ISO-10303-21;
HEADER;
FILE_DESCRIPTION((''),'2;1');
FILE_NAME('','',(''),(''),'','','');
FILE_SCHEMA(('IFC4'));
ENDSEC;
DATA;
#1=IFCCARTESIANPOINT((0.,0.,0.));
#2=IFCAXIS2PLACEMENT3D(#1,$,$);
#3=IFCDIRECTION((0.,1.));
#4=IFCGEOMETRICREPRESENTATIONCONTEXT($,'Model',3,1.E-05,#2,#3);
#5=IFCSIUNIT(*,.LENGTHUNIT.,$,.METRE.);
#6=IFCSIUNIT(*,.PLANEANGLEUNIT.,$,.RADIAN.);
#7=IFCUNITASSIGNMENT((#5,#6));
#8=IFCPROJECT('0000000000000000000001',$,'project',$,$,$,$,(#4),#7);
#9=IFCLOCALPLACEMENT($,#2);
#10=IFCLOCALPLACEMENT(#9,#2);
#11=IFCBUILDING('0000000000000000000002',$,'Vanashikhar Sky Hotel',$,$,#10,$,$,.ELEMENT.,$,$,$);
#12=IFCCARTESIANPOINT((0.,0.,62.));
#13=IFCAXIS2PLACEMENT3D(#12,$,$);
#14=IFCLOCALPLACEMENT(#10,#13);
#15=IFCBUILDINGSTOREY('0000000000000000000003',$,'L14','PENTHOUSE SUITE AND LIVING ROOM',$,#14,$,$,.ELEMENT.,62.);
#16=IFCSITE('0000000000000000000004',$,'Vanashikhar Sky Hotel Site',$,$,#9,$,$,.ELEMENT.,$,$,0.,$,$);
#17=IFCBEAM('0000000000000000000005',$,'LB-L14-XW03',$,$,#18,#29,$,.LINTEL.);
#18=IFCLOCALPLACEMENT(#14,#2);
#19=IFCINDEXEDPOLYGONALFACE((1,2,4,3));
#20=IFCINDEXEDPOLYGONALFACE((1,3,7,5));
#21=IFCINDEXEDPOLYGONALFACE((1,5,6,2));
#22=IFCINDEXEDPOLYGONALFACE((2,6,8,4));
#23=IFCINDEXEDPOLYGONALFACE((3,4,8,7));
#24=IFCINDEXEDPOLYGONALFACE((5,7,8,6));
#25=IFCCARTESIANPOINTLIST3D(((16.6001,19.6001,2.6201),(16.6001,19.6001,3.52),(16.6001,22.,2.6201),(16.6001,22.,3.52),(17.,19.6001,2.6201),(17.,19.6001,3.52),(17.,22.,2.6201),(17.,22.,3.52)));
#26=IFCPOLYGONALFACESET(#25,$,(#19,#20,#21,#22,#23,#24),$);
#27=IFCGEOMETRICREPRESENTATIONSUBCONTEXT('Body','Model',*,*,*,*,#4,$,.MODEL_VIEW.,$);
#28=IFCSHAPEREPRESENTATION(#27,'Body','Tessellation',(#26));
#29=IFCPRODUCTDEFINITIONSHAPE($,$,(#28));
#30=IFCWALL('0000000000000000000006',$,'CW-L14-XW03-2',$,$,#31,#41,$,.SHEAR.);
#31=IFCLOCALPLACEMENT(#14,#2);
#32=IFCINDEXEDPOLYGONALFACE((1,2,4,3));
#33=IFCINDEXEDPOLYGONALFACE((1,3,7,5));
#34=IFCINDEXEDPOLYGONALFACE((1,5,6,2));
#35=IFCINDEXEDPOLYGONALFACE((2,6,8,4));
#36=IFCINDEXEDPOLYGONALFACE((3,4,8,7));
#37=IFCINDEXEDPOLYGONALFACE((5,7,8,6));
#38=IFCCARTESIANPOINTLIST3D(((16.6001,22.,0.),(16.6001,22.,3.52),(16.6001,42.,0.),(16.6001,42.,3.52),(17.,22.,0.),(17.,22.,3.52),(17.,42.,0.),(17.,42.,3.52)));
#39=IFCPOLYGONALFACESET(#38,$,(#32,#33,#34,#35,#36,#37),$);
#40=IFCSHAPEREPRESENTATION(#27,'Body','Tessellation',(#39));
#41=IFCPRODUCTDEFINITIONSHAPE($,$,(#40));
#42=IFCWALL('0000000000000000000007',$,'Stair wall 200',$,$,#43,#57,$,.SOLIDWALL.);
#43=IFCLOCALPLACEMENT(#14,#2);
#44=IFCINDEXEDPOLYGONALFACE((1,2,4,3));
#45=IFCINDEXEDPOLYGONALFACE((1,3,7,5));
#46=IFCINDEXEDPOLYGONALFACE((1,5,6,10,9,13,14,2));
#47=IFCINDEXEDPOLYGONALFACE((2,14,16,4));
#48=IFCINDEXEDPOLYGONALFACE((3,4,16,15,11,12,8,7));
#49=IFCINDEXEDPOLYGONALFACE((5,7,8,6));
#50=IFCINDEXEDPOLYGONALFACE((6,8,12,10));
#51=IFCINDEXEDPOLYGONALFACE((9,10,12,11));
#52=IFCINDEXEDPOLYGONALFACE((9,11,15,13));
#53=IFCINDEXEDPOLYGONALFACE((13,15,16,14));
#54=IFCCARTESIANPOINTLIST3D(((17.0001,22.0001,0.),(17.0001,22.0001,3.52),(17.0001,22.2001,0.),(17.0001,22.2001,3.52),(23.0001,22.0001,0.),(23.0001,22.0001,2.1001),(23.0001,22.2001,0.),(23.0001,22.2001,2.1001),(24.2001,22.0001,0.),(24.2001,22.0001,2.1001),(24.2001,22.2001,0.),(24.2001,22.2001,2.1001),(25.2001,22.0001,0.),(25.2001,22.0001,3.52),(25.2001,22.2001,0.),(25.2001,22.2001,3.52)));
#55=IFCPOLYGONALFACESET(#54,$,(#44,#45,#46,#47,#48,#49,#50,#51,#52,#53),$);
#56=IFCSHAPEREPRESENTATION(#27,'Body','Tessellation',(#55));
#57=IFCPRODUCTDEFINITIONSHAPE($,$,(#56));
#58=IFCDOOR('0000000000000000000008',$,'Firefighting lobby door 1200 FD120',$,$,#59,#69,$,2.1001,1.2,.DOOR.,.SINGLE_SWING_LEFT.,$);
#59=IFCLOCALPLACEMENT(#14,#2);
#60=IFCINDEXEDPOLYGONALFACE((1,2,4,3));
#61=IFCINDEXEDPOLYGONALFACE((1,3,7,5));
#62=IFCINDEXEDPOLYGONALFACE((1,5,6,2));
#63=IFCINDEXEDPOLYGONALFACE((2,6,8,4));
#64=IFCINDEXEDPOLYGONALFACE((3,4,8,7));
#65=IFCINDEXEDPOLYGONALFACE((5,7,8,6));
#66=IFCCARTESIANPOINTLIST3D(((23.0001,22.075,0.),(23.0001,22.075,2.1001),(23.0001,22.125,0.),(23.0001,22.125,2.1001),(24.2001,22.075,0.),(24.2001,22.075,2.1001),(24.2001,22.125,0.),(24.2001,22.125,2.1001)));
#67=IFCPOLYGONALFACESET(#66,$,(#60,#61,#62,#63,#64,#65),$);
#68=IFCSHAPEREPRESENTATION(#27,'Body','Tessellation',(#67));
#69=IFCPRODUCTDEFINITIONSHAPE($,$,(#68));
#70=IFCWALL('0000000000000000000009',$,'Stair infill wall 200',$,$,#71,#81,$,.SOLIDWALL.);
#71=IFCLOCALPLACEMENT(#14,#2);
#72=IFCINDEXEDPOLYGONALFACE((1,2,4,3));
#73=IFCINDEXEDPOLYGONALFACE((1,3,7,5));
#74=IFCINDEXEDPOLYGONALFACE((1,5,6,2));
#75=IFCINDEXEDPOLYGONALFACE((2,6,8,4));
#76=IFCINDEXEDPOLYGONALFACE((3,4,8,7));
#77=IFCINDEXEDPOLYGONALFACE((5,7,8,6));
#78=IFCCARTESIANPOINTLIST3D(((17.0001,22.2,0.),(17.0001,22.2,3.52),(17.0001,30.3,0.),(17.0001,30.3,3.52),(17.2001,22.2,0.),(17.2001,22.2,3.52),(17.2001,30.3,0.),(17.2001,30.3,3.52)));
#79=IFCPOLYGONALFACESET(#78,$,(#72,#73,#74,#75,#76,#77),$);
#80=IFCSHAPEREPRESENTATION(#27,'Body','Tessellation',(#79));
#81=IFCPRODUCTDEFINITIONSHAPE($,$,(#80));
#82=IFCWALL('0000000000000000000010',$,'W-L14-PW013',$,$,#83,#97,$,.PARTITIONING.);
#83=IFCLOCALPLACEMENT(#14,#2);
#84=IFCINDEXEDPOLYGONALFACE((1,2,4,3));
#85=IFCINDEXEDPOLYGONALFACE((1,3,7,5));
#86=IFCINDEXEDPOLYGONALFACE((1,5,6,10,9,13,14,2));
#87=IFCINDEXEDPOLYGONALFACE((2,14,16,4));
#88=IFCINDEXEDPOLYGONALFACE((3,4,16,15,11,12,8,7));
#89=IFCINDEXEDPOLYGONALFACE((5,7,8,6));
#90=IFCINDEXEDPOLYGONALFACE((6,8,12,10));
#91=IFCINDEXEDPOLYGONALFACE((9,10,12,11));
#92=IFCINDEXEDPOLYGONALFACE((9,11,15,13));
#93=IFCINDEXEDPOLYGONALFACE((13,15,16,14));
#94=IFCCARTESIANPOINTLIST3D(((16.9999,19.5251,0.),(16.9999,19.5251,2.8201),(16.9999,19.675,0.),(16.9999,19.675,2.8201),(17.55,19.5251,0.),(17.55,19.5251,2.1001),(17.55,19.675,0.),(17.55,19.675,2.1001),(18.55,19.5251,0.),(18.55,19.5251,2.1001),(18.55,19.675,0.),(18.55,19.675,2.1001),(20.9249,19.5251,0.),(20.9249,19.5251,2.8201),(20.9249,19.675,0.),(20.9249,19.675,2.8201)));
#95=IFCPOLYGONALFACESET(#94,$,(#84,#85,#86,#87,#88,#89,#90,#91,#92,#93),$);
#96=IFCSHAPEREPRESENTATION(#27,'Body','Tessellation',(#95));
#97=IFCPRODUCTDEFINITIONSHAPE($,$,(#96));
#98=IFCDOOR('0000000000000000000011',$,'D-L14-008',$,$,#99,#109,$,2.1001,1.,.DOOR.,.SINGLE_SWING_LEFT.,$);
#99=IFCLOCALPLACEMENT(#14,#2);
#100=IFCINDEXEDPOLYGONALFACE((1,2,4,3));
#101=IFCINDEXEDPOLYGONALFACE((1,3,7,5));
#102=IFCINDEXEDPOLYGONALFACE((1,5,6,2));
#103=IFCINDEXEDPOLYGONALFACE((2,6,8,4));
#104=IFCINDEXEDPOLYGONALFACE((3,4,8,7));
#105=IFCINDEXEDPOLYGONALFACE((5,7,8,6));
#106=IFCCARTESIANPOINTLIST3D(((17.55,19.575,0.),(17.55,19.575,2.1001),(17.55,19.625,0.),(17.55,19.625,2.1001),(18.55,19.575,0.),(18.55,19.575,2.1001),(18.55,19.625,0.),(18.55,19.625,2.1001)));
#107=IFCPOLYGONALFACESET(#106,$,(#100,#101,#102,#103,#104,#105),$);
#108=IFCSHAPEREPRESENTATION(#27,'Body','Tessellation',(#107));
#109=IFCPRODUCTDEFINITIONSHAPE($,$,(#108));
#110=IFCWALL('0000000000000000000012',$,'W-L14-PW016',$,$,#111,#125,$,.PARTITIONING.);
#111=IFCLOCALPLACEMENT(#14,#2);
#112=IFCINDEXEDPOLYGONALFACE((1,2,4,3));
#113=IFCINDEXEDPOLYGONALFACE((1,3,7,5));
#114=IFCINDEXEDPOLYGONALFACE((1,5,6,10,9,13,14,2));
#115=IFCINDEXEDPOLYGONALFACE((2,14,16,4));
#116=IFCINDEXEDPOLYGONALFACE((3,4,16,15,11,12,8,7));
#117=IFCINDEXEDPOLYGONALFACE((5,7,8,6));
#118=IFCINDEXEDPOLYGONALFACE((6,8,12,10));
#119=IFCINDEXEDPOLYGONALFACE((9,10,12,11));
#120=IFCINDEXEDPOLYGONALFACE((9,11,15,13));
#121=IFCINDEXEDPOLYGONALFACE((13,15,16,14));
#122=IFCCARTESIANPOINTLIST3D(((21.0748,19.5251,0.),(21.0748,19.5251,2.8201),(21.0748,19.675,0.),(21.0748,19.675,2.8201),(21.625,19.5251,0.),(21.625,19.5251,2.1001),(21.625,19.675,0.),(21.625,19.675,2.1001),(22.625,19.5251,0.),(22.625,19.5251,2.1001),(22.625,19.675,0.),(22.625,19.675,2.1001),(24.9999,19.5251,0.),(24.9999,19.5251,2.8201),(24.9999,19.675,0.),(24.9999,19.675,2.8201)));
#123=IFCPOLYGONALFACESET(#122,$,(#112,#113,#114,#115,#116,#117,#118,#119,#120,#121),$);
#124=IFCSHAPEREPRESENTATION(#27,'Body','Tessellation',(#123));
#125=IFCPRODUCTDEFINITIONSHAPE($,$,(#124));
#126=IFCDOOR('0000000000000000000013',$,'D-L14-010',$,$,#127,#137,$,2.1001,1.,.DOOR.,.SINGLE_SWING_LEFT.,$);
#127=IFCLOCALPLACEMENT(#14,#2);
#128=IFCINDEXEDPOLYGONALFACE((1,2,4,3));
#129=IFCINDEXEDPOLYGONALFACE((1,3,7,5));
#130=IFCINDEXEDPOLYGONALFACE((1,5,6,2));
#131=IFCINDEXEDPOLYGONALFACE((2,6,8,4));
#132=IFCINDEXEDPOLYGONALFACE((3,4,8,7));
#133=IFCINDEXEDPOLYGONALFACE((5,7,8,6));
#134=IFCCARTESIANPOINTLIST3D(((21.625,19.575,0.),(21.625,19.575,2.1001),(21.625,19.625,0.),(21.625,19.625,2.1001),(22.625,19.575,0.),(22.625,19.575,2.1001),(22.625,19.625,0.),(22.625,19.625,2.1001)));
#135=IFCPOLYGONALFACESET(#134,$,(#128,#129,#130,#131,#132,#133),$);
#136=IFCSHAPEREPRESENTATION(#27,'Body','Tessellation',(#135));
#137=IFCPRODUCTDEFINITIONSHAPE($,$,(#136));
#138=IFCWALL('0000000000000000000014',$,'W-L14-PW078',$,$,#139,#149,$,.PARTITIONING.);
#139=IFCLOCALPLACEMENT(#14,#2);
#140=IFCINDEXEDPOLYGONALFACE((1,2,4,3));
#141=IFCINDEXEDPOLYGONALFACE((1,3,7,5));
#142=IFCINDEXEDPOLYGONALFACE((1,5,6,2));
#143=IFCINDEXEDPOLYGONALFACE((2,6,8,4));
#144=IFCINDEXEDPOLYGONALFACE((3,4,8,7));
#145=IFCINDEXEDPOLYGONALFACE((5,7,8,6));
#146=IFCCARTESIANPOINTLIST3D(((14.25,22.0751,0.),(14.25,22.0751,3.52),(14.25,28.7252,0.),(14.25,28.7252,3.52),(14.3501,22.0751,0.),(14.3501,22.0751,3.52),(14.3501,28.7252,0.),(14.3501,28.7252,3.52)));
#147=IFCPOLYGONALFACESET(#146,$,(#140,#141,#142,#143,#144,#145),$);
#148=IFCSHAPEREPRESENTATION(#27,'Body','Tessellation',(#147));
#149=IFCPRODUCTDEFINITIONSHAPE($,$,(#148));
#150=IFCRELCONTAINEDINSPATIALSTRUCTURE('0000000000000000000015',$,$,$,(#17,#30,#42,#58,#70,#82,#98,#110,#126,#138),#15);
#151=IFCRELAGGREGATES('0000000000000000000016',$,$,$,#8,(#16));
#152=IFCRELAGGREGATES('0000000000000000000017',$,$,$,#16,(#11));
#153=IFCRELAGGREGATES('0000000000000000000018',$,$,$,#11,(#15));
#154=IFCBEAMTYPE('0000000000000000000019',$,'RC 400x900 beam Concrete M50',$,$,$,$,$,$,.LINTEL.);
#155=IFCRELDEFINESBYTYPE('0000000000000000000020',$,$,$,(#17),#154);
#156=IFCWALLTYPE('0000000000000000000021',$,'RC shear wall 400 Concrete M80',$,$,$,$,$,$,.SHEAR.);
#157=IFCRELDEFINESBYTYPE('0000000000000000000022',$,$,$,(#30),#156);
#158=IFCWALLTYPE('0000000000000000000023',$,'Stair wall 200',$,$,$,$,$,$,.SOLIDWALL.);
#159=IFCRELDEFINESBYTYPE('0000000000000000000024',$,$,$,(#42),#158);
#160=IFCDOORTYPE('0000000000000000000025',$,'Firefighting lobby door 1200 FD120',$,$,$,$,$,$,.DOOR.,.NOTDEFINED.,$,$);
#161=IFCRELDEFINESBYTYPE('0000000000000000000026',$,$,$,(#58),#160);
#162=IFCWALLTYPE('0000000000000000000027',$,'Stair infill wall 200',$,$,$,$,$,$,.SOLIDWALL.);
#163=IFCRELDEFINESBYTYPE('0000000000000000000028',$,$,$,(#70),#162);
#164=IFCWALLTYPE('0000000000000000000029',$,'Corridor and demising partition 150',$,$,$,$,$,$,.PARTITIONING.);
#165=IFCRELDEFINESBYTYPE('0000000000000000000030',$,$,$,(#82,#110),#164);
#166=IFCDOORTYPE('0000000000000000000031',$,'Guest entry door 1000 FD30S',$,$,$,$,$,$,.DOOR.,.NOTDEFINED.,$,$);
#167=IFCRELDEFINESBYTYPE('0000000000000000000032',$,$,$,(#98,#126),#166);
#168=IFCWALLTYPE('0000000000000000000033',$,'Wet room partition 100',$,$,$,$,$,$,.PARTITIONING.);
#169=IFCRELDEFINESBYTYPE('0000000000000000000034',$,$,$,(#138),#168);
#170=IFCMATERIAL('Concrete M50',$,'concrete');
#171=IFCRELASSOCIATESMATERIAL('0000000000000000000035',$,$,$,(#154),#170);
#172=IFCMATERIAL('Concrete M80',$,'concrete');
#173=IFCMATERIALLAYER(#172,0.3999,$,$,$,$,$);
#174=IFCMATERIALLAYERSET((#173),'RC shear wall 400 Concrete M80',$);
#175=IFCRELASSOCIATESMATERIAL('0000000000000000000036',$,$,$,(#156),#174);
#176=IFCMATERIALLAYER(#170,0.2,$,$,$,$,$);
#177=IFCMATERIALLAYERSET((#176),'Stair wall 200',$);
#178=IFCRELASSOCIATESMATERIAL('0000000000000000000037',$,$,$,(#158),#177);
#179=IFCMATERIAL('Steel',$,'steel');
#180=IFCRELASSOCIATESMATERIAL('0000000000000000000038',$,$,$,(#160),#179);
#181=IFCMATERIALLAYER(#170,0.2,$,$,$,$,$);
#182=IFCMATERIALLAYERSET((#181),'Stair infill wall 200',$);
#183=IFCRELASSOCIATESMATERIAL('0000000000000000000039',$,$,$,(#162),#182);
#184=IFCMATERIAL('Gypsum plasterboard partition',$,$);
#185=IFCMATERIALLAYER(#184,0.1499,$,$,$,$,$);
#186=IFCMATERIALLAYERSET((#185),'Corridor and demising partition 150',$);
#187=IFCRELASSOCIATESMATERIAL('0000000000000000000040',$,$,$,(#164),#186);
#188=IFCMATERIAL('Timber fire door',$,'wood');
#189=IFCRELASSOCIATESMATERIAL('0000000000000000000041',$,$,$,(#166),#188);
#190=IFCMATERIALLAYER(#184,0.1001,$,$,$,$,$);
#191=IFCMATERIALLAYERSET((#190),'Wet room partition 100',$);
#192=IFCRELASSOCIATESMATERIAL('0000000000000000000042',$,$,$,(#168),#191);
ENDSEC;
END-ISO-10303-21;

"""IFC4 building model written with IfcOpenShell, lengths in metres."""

from ifc_helpers import new_model, si_unit, direction, frame, frame_2d, origin, origin_2d, place, context, subcontext, project, spatial, rectangle, extrude, source, transform, mapped, material, layer, layer_set, material_profile, profile_set, type_object, element, fill, save


model = new_model("IFC4")

# Units and contexts
model_context = context("Model", 3, precision=1e-05, world=origin(), true_north=direction((0.0, 1.0)))
body_context = subcontext(model_context, "Body", "Model", "MODEL_VIEW")
ifc_project = project(units=[si_unit("LENGTHUNIT", "METRE"), si_unit("PLANEANGLEUNIT", "RADIAN")], contexts=[model_context])

# Site, building, storey
site_placement = place(None, origin())
site = spatial("IfcSite", under=ifc_project, at=site_placement, Name="Vanashikhar Sky Hotel Site", CompositionType="ELEMENT", RefElevation=0.0)
building_placement = place(site_placement, origin())
building = spatial("IfcBuilding", under=site, at=building_placement, Name="Vanashikhar Sky Hotel", CompositionType="ELEMENT")
storey_placement = place(building_placement, frame((0.0, 0.0, 62.0)))
storey = spatial("IfcBuildingStorey", under=building, at=storey_placement, Name="L14", Description="PENTHOUSE SUITE AND LIVING ROOM", CompositionType="ELEMENT", Elevation=62.0)

# Beam
ifc_material_1 = material(Name="Concrete M50", Category="concrete")
ifc_material_profile = material_profile(ifc_material_1, rectangle(XDim=0.3999, YDim=0.8999, at=origin_2d()))
ifc_profile_set = profile_set([ifc_material_profile], Name="RC 400x900 beam Concrete M50")
beam_type = type_object("IfcBeamType", Name="RC 400x900 beam Concrete M50", PredefinedType="LINTEL", material=ifc_profile_set)
shared_shape_1 = source(origin(), body_context, "Body", "SweptSolid", [
    extrude(rectangle(XDim=0.3999, YDim=0.8999, at=origin_2d()), origin(), (0.0, 0.0, 1.0), 2.3999),
])
beam_placement = place(storey_placement, frame((16.8, 19.6001, 3.0701), z_axis=(0.0, 1.0, 0.0), x_axis=(-1.0, 0.0, 0.0)))
element("IfcBeam", 1, at=beam_placement, inside=storey, type_object=beam_type, Name="LB-L14-XW03", PredefinedType="LINTEL", context=body_context, shape_type="MappedRepresentation", body=[
    mapped(shared_shape_1, transform((0.0, 0.0, 0.0), scale=1.0)),
])

# Wall
ifc_material_2 = material(Name="Concrete M80", Category="concrete")
ifc_layer_1 = layer(ifc_material_2, 0.3999)
ifc_layer_set_1 = layer_set([ifc_layer_1], Name="RC shear wall 400 Concrete M80")
wall_type_1 = type_object("IfcWallType", Name="RC shear wall 400 Concrete M80", PredefinedType="SHEAR", material=ifc_layer_set_1)
shared_shape_2 = source(origin(), body_context, "Body", "SweptSolid", [
    extrude(rectangle(XDim=20.0, YDim=0.3999, at=frame_2d((10.0, 0.0))), origin(), (0.0, 0.0, 1.0), 3.52),
])
wall_1_placement = place(storey_placement, frame((16.8, 22.0, 0.0), z_axis=(0.0, 0.0, 1.0), x_axis=(0.0, 1.0, 0.0)))
element("IfcWall", 2, at=wall_1_placement, inside=storey, type_object=wall_type_1, Name="CW-L14-XW03-2", PredefinedType="SHEAR", context=body_context, shape_type="MappedRepresentation", body=[
    mapped(shared_shape_2, transform((0.0, 0.0, 0.0), scale=1.0)),
])

# Wall, opening, door
ifc_layer_2 = layer(ifc_material_1, 0.2)
ifc_layer_set_2 = layer_set([ifc_layer_2], Name="Stair wall 200")
wall_type_2 = type_object("IfcWallType", Name="Stair wall 200", PredefinedType="SOLIDWALL", material=ifc_layer_set_2)
shared_shape_3 = source(origin(), body_context, "Body", "SweptSolid", [
    extrude(rectangle(XDim=8.2, YDim=0.2, at=frame_2d((4.1001, 0.0))), origin(), (0.0, 0.0, 1.0), 3.52),
])
wall_2_placement = place(storey_placement, frame((17.0, 22.1001, 0.0), z_axis=(0.0, 0.0, 1.0), x_axis=(1.0, 0.0, 0.0)))
wall_2 = element("IfcWall", 3, at=wall_2_placement, inside=storey, type_object=wall_type_2, Name="Stair wall 200", PredefinedType="SOLIDWALL", context=body_context, shape_type="MappedRepresentation", body=[
    mapped(shared_shape_3, transform((0.0, 0.0, 0.0), scale=1.0)),
])
shared_shape_4 = source(origin(), body_context, "Body", "SweptSolid", [
    extrude(rectangle(XDim=1.2, YDim=2.1001, at=frame_2d((0.6001, 1.05))), frame((0.0, 0.1099, 0.0), z_axis=(0.0, -1.0, 0.0), x_axis=(1.0, 0.0, 0.0)), (0.0, 0.0, 1.0), 0.22),
])
opening_1_placement = place(wall_2_placement, frame((6.0, 0.0, 0.0)))
opening_1 = element("IfcOpeningElement", 4, at=opening_1_placement, cuts=wall_2, PredefinedType="OPENING", context=body_context, shape_type="MappedRepresentation", body=[
    mapped(shared_shape_4, transform((0.0, 0.0, 0.0), scale=1.0)),
])
ifc_material_3 = material(Name="Steel", Category="steel")
door_type_1 = type_object("IfcDoorType", Name="Firefighting lobby door 1200 FD120", OperationType="NOTDEFINED", PredefinedType="DOOR", material=ifc_material_3)
shared_shape_5 = source(origin(), body_context, "Body", "SweptSolid", [
    extrude(rectangle(XDim=1.2, YDim=2.1001, at=frame_2d((0.6001, 1.05))), frame((0.0, 0.0249, 0.0), z_axis=(0.0, -1.0, 0.0), x_axis=(1.0, 0.0, 0.0)), (0.0, 0.0, 1.0), 0.05),
])
door_1_placement = place(opening_1_placement, origin())
door_1 = element("IfcDoor", 5, at=door_1_placement, inside=storey, type_object=door_type_1, Name="Firefighting lobby door 1200 FD120", OperationType="SINGLE_SWING_LEFT", OverallHeight=2.1001, OverallWidth=1.2, PredefinedType="DOOR", context=body_context, shape_type="MappedRepresentation", body=[
    mapped(shared_shape_5, transform((0.0, 0.0, 0.0), scale=1.0)),
])
fill(opening_1, door_1)

# Wall
ifc_layer_3 = layer(ifc_material_1, 0.2)
ifc_layer_set_3 = layer_set([ifc_layer_3], Name="Stair infill wall 200")
wall_type_3 = type_object("IfcWallType", Name="Stair infill wall 200", PredefinedType="SOLIDWALL", material=ifc_layer_set_3)
shared_shape_6 = source(origin(), body_context, "Body", "SweptSolid", [
    extrude(rectangle(XDim=8.1001, YDim=0.2, at=frame_2d((4.05, 0.0))), origin(), (0.0, 0.0, 1.0), 3.52),
])
wall_3_placement = place(storey_placement, frame((17.1001, 22.2, 0.0), z_axis=(0.0, 0.0, 1.0), x_axis=(0.0, 1.0, 0.0)))
element("IfcWall", 6, at=wall_3_placement, inside=storey, type_object=wall_type_3, Name="Stair infill wall 200", PredefinedType="SOLIDWALL", context=body_context, shape_type="MappedRepresentation", body=[
    mapped(shared_shape_6, transform((0.0, 0.0, 0.0), scale=1.0)),
])

# Walls, openings, doors
ifc_material_4 = material(Name="Gypsum plasterboard partition")
ifc_layer_4 = layer(ifc_material_4, 0.1499)
ifc_layer_set_4 = layer_set([ifc_layer_4], Name="Corridor and demising partition 150")
wall_type_4 = type_object("IfcWallType", Name="Corridor and demising partition 150", PredefinedType="PARTITIONING", material=ifc_layer_set_4)
shared_shape_7 = source(origin(), body_context, "Body", "SweptSolid", [
    extrude(rectangle(XDim=3.925, YDim=0.1499, at=frame_2d((1.9624, 0.0))), origin(), (0.0, 0.0, 1.0), 2.8201),
])
wall_4_placement = place(storey_placement, frame((17.0, 19.6001, 0.0), z_axis=(0.0, 0.0, 1.0), x_axis=(1.0, 0.0, 0.0)))
wall_4 = element("IfcWall", 7, at=wall_4_placement, inside=storey, type_object=wall_type_4, Name="W-L14-PW013", PredefinedType="PARTITIONING", context=body_context, shape_type="MappedRepresentation", body=[
    mapped(shared_shape_7, transform((0.0, 0.0, 0.0), scale=1.0)),
])
shared_shape_8 = source(origin(), body_context, "Body", "SweptSolid", [
    extrude(rectangle(XDim=1.0, YDim=2.1001, at=frame_2d((0.5, 1.05))), frame((0.0, 0.085, 0.0), z_axis=(0.0, -1.0, 0.0), x_axis=(1.0, 0.0, 0.0)), (0.0, 0.0, 1.0), 0.1699),
])
opening_2_placement = place(wall_4_placement, frame((0.55, 0.0, 0.0)))
opening_2 = element("IfcOpeningElement", 8, at=opening_2_placement, cuts=wall_4, PredefinedType="OPENING", context=body_context, shape_type="MappedRepresentation", body=[
    mapped(shared_shape_8, transform((0.0, 0.0, 0.0), scale=1.0)),
])
ifc_material_5 = material(Name="Timber fire door", Category="wood")
door_type_2 = type_object("IfcDoorType", Name="Guest entry door 1000 FD30S", OperationType="NOTDEFINED", PredefinedType="DOOR", material=ifc_material_5)
shared_shape_9 = source(origin(), body_context, "Body", "SweptSolid", [
    extrude(rectangle(XDim=1.0, YDim=2.1001, at=frame_2d((0.5, 1.05))), frame((0.0, 0.0249, 0.0), z_axis=(0.0, -1.0, 0.0), x_axis=(1.0, 0.0, 0.0)), (0.0, 0.0, 1.0), 0.05),
])
door_2_placement = place(opening_2_placement, origin())
door_2 = element("IfcDoor", 9, at=door_2_placement, inside=storey, type_object=door_type_2, Name="D-L14-008", OperationType="SINGLE_SWING_LEFT", OverallHeight=2.1001, OverallWidth=1.0, PredefinedType="DOOR", context=body_context, shape_type="MappedRepresentation", body=[
    mapped(shared_shape_9, transform((0.0, 0.0, 0.0), scale=1.0)),
])
fill(opening_2, door_2)
wall_5_placement = place(storey_placement, frame((21.075, 19.6001, 0.0), z_axis=(0.0, 0.0, 1.0), x_axis=(1.0, 0.0, 0.0)))
wall_5 = element("IfcWall", 10, at=wall_5_placement, inside=storey, type_object=wall_type_4, Name="W-L14-PW016", PredefinedType="PARTITIONING", context=body_context, shape_type="MappedRepresentation", body=[
    mapped(shared_shape_7, transform((0.0, 0.0, 0.0), scale=1.0)),
])
opening_3_placement = place(wall_5_placement, frame((0.55, 0.0, 0.0)))
opening_3 = element("IfcOpeningElement", 11, at=opening_3_placement, cuts=wall_5, PredefinedType="OPENING", context=body_context, shape_type="MappedRepresentation", body=[
    mapped(shared_shape_8, transform((0.0, 0.0, 0.0), scale=1.0)),
])
door_3_placement = place(opening_3_placement, origin())
door_3 = element("IfcDoor", 12, at=door_3_placement, inside=storey, type_object=door_type_2, Name="D-L14-010", OperationType="SINGLE_SWING_LEFT", OverallHeight=2.1001, OverallWidth=1.0, PredefinedType="DOOR", context=body_context, shape_type="MappedRepresentation", body=[
    mapped(shared_shape_9, transform((0.0, 0.0, 0.0), scale=1.0)),
])
fill(opening_3, door_3)

# Wall
ifc_layer_5 = layer(ifc_material_4, 0.1001)
ifc_layer_set_5 = layer_set([ifc_layer_5], Name="Wet room partition 100")
wall_type_5 = type_object("IfcWallType", Name="Wet room partition 100", PredefinedType="PARTITIONING", material=ifc_layer_set_5)
shared_shape_10 = source(origin(), body_context, "Body", "SweptSolid", [
    extrude(rectangle(XDim=6.6501, YDim=0.1001, at=frame_2d((3.3252, 0.0))), origin(), (0.0, 0.0, 1.0), 3.52),
])
wall_6_placement = place(storey_placement, frame((14.3, 22.075, 0.0), z_axis=(0.0, 0.0, 1.0), x_axis=(0.0, 1.0, 0.0)))
element("IfcWall", 13, at=wall_6_placement, inside=storey, type_object=wall_type_5, Name="W-L14-PW078", PredefinedType="PARTITIONING", context=body_context, shape_type="MappedRepresentation", body=[
    mapped(shared_shape_10, transform((0.0, 0.0, 0.0), scale=1.0)),
])

save(model, "model.ifc")
